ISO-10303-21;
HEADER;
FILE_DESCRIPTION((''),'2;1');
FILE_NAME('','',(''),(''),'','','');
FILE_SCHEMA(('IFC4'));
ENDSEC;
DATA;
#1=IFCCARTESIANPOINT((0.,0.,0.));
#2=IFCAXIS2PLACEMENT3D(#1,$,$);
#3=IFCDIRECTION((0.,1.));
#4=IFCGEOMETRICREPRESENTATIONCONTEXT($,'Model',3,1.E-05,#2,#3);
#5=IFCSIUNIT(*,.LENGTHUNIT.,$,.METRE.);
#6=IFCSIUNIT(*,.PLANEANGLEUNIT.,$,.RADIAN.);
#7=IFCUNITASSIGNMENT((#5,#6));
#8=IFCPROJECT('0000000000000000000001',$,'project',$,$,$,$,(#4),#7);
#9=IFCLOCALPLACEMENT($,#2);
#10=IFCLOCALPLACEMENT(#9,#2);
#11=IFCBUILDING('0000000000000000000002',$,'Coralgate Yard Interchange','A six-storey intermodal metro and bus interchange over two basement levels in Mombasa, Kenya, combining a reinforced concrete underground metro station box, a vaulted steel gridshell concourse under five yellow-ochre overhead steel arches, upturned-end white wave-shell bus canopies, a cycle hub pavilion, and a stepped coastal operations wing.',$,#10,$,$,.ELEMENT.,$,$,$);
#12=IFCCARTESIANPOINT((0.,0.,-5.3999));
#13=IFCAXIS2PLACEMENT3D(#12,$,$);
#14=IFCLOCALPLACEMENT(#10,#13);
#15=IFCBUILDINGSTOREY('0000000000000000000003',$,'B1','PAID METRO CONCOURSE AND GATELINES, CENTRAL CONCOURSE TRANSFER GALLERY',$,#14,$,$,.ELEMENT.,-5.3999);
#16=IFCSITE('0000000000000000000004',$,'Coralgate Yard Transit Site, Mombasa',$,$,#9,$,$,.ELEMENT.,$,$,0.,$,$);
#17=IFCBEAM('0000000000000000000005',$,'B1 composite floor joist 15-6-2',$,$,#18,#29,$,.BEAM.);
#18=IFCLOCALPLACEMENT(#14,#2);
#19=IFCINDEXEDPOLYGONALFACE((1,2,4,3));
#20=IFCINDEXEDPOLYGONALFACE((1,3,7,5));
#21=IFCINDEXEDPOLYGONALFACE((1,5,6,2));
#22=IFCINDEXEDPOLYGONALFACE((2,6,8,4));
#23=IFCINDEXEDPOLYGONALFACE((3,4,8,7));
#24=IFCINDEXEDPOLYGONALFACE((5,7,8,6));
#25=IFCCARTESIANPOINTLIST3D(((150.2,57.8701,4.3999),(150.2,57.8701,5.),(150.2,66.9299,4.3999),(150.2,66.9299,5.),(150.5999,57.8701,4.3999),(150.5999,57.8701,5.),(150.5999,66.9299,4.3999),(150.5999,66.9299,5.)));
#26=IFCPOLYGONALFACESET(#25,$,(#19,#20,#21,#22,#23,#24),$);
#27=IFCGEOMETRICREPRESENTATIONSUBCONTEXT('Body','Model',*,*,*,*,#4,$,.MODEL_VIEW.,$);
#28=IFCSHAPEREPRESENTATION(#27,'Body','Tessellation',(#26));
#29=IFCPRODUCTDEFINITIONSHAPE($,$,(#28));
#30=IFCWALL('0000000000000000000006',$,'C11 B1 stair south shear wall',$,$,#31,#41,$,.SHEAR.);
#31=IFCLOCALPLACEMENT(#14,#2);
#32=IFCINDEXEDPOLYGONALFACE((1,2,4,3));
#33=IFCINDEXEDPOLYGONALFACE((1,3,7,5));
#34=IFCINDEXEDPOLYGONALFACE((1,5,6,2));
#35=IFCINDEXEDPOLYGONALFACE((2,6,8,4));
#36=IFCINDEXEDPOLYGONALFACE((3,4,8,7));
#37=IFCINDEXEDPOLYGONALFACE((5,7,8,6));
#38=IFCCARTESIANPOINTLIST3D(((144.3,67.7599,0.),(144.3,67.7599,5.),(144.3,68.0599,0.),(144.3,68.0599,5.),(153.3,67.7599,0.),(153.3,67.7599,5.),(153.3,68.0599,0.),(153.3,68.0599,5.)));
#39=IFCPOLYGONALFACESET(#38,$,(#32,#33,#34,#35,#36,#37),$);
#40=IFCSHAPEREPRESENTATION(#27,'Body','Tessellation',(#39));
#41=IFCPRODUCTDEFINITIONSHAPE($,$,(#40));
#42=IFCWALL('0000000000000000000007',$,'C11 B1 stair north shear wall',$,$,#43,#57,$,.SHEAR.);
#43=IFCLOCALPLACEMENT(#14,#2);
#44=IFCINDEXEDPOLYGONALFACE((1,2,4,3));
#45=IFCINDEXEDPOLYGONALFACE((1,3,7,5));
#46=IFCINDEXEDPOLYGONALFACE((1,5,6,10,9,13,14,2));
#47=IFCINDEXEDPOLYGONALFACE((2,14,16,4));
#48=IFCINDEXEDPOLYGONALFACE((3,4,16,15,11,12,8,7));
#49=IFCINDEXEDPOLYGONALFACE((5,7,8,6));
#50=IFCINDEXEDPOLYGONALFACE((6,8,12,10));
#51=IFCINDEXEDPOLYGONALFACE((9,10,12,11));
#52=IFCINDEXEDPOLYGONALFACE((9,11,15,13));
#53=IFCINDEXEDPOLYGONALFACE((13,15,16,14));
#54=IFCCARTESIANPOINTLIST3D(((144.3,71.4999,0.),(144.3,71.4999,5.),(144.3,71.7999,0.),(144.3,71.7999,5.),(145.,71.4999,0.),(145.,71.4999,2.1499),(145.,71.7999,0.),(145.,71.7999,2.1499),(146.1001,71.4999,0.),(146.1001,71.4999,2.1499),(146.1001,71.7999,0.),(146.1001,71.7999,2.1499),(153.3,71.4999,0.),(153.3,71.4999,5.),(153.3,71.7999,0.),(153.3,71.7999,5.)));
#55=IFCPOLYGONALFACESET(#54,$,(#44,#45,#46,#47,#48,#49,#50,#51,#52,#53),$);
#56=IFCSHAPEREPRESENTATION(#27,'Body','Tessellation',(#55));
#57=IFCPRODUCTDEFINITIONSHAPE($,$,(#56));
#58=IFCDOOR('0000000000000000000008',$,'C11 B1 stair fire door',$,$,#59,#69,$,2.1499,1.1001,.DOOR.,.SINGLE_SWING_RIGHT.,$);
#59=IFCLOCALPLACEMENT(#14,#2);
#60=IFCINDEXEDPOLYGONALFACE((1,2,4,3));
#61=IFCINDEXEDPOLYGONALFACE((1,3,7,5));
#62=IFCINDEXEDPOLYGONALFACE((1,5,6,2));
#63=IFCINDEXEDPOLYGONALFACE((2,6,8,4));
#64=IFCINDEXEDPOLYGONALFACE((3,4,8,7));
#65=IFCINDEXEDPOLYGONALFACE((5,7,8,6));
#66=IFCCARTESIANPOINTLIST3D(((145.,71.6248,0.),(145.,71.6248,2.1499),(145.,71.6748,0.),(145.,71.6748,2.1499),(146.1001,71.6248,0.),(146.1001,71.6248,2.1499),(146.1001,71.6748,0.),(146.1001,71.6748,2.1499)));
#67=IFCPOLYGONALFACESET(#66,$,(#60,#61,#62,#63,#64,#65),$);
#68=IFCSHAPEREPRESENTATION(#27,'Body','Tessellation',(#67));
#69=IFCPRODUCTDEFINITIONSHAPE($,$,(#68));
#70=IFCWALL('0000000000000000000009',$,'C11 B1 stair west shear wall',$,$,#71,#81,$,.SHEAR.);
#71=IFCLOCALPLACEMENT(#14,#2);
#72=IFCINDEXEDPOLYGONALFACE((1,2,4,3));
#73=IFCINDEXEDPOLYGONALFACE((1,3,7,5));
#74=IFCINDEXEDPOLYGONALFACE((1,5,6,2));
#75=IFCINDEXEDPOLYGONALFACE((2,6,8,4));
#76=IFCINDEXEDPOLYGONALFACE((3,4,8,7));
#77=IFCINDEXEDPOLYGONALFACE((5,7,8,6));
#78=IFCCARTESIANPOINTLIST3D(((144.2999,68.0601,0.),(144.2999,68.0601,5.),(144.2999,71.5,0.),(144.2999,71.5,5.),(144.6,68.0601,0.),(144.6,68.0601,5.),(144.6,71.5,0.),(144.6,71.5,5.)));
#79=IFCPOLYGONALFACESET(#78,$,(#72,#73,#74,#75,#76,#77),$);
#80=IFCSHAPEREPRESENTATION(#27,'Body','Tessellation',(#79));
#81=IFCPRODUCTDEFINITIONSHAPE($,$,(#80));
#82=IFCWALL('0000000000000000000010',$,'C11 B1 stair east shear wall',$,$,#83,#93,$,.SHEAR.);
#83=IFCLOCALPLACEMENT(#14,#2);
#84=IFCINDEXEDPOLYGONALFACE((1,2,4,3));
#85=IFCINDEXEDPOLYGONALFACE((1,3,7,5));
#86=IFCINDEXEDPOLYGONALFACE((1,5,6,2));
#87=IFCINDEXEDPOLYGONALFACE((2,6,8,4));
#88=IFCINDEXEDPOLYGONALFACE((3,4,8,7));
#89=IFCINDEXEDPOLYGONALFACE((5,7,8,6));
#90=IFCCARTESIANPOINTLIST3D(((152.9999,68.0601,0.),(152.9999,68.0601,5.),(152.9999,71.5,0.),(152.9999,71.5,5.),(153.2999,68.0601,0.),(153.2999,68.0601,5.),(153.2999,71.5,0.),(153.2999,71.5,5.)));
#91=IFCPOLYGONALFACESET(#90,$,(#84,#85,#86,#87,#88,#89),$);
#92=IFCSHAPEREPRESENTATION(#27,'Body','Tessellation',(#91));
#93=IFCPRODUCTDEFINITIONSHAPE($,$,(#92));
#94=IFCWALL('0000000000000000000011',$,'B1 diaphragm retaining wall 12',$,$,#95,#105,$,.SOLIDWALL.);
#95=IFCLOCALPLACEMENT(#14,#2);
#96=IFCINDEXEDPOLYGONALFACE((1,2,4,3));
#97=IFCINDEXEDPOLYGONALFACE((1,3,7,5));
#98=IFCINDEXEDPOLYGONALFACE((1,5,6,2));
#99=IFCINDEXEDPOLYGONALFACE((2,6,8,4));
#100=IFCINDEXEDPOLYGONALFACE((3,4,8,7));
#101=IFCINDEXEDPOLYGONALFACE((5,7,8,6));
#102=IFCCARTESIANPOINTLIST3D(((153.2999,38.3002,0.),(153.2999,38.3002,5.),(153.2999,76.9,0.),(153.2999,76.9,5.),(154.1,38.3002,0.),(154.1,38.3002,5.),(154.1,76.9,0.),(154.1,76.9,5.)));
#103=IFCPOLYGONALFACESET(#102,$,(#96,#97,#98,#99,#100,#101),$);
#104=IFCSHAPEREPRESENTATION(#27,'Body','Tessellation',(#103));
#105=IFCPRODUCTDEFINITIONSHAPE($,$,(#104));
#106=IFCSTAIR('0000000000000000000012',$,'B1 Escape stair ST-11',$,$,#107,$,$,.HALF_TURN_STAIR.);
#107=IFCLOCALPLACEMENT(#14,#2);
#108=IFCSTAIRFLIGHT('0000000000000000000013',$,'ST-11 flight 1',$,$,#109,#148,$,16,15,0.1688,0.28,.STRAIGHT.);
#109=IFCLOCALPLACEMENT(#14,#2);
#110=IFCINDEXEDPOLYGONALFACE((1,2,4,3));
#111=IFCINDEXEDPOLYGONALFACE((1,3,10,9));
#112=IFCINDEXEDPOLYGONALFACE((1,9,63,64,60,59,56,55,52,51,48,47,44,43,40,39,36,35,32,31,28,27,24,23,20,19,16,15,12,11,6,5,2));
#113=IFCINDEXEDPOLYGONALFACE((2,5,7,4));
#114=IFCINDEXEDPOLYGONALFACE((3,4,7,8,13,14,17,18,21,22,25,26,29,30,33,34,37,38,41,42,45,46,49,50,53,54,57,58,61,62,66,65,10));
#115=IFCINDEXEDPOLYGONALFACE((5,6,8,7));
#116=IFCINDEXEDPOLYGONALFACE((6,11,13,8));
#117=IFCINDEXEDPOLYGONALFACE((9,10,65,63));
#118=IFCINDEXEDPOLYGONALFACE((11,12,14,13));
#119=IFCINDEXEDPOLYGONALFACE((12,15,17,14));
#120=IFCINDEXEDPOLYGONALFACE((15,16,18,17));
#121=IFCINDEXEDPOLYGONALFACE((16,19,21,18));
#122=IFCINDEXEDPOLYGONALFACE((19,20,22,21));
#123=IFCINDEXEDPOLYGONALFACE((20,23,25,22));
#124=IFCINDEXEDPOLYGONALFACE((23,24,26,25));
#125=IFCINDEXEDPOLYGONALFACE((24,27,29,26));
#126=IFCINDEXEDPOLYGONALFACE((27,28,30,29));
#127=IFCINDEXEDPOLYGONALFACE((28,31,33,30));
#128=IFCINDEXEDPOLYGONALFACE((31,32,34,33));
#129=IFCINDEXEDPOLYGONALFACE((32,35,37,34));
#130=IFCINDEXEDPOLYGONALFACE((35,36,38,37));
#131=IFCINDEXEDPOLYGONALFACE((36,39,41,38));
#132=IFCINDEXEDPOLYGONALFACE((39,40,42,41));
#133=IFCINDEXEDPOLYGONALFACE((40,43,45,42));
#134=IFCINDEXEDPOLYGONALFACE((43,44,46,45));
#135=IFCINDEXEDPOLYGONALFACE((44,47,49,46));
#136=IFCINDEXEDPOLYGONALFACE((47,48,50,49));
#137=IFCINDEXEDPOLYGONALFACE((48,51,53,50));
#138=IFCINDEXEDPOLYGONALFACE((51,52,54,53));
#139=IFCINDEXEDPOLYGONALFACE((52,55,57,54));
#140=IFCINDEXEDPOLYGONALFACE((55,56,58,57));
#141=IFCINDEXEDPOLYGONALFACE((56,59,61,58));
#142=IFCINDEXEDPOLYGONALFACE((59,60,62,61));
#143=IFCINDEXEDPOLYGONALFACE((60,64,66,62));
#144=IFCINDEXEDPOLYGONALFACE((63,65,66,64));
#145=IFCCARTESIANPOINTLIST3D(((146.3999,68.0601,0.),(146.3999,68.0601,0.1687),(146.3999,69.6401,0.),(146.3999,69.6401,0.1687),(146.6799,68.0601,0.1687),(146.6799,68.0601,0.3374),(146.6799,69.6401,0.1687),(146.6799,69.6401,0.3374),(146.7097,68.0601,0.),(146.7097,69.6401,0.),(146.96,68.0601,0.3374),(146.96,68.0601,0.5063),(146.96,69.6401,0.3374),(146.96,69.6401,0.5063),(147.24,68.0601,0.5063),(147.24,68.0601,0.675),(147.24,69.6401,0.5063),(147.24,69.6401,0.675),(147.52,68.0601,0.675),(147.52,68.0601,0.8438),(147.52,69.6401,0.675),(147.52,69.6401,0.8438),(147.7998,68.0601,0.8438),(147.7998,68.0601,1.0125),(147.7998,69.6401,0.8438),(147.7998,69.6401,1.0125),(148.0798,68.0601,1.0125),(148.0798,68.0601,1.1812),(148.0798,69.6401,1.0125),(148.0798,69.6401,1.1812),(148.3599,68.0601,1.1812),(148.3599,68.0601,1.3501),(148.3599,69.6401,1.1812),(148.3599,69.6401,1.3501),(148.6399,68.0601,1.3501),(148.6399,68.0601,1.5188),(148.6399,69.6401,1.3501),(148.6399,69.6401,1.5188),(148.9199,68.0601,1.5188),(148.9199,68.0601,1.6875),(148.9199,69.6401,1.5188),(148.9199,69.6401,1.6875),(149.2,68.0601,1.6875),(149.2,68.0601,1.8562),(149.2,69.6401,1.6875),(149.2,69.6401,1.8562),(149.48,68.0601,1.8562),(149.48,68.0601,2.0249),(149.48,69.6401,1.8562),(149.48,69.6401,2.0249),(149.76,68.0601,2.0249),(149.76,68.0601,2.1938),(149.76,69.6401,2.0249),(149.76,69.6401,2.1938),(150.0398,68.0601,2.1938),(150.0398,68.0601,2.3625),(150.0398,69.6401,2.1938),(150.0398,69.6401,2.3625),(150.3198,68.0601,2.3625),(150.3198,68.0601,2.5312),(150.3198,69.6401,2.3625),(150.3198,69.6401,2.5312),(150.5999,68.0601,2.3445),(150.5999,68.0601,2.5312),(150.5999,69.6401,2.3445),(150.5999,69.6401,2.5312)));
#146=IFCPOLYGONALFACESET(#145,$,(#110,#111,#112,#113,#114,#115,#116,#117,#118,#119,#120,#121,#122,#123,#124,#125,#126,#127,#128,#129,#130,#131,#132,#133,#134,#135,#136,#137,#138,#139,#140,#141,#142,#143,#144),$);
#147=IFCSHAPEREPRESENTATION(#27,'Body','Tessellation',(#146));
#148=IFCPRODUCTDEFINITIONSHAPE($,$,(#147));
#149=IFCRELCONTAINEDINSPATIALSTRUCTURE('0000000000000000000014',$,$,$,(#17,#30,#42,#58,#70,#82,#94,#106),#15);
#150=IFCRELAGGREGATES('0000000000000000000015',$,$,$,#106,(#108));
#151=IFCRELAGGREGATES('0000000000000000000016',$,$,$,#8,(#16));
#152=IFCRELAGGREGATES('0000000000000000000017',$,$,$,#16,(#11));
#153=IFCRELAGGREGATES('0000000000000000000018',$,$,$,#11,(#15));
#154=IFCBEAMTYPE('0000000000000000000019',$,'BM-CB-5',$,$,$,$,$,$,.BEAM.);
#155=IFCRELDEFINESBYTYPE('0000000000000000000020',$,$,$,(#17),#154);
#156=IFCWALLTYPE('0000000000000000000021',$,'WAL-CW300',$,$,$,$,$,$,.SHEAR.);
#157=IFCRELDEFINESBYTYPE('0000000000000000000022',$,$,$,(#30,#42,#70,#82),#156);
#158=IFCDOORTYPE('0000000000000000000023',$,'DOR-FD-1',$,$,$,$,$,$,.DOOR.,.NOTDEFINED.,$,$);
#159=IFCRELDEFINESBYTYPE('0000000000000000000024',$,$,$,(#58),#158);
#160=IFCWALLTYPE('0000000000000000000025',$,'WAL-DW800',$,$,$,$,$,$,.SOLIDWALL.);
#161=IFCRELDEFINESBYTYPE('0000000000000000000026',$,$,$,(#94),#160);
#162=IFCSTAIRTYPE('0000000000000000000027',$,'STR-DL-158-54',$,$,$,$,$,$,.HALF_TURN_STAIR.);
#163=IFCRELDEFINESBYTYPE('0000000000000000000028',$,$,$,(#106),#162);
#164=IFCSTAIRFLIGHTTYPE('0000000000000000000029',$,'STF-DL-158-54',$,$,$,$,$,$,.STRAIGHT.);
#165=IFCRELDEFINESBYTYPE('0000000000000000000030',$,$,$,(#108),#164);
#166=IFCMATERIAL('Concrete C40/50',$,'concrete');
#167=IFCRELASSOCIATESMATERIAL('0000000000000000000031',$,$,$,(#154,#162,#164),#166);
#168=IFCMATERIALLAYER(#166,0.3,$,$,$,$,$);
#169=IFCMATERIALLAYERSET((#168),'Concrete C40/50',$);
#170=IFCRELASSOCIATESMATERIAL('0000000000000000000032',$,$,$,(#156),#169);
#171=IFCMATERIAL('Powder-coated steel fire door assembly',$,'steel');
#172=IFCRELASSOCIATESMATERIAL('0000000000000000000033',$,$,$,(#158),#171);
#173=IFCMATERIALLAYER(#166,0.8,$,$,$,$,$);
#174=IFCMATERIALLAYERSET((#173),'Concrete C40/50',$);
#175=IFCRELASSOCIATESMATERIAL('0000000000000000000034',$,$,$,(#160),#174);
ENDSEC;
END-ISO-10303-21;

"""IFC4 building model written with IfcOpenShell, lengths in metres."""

from ifc_helpers import new_model, si_unit, direction, frame, frame_2d, origin, origin_2d, place, context, subcontext, project, spatial, polyline, rectangle, outline, extrude, material, layer, layer_set, material_profile, profile_set, type_object, element, fill, aggregate, save


model = new_model("IFC4")

# Units and contexts
model_context = context("Model", 3, precision=1e-05, world=origin(), true_north=direction((0.0, 1.0)))
body_context = subcontext(model_context, "Body", "Model", "MODEL_VIEW")
ifc_project = project(units=[si_unit("LENGTHUNIT", "METRE"), si_unit("PLANEANGLEUNIT", "RADIAN")], contexts=[model_context])

# Site, building, storey
site_placement = place(None, origin())
site = spatial("IfcSite", under=ifc_project, at=site_placement, Name="Coralgate Yard Transit Site, Mombasa", CompositionType="ELEMENT", RefElevation=0.0)
building_placement = place(site_placement, origin())
building = spatial("IfcBuilding", under=site, at=building_placement, Name="Coralgate Yard Interchange", Description="A six-storey intermodal metro and bus interchange over two basement levels in Mombasa, Kenya, combining a reinforced concrete underground metro station box, a vaulted steel gridshell concourse under five yellow-ochre overhead steel arches, upturned-end white wave-shell bus canopies, a cycle hub pavilion, and a stepped coastal operations wing.", CompositionType="ELEMENT")
storey_placement = place(building_placement, frame((0.0, 0.0, -5.3999)))
storey = spatial("IfcBuildingStorey", under=building, at=storey_placement, Name="B1", Description="PAID METRO CONCOURSE AND GATELINES, CENTRAL CONCOURSE TRANSFER GALLERY", CompositionType="ELEMENT", Elevation=-5.3999)

# Shared definitions
ifc_material_1 = material(Name="Concrete C40/50", Category="concrete")

# Beam
ifc_material_profile_1 = material_profile(ifc_material_1, rectangle(XDim=0.3999, YDim=0.6001, at=origin_2d()), Name="RC 400x600")
ifc_profile_set_1 = profile_set([ifc_material_profile_1], Name="Concrete C40/50")
beam_type_1 = type_object("IfcBeamType", Name="BM-CB-5", PredefinedType="BEAM", material=ifc_profile_set_1)
for number, where, z_axis, x_axis, name in (
    (1, (150.3999, 57.8701, 4.7), (0.0, 1.0, 0.0), (-1.0, 0.0, 0.0), "B1 composite floor joist 15-6-2"),
):
    element("IfcBeam", number, at=place(storey_placement, frame(where, z_axis=z_axis, x_axis=x_axis)), inside=storey, type_object=beam_type_1, Name=name, PredefinedType="BEAM", context=body_context, shape_type="SweptSolid", body=[
        extrude(rectangle(XDim=0.3999, YDim=0.6001, at=origin_2d()), origin(), (0.0, 0.0, 1.0), 9.0598),
    ])

# Wall
ifc_layer_1 = layer(ifc_material_1, 0.3)
ifc_layer_set_1 = layer_set([ifc_layer_1], Name="Concrete C40/50")
wall_type_1 = type_object("IfcWallType", Name="WAL-CW300", PredefinedType="SHEAR", material=ifc_layer_set_1)
wall_1_placement = place(storey_placement, frame((144.3, 67.9099, 0.0), z_axis=(0.0, 0.0, 1.0), x_axis=(1.0, 0.0, 0.0)))
element("IfcWall", 2, at=wall_1_placement, inside=storey, type_object=wall_type_1, Name="C11 B1 stair south shear wall", PredefinedType="SHEAR", context=body_context, shape_type="SweptSolid", body=[
    extrude(rectangle(XDim=9.0, YDim=0.3, at=frame_2d((4.5, 0.0))), origin(), (0.0, 0.0, 1.0), 5.0),
])

# Wall, opening, door
wall_2_placement = place(storey_placement, frame((153.3, 71.6499, 0.0), z_axis=(0.0, 0.0, 1.0), x_axis=(-1.0, 0.0, 0.0)))
wall_2 = element("IfcWall", 3, at=wall_2_placement, inside=storey, type_object=wall_type_1, Name="C11 B1 stair north shear wall", PredefinedType="SHEAR", context=body_context, shape_type="SweptSolid", body=[
    extrude(rectangle(XDim=9.0, YDim=0.3, at=frame_2d((4.5, 0.0))), origin(), (0.0, 0.0, 1.0), 5.0),
])
opening_placement = place(wall_2_placement, frame((7.2, 0.0, 0.0)))
opening = element("IfcOpeningElement", 4, at=opening_placement, cuts=wall_2, PredefinedType="OPENING", context=body_context, shape_type="SweptSolid", body=[
    extrude(rectangle(XDim=1.1001, YDim=2.1499, at=frame_2d((0.55, 1.075))), frame((0.0, 0.1599, 0.0), z_axis=(0.0, -1.0, 0.0), x_axis=(1.0, 0.0, 0.0)), (0.0, 0.0, 1.0), 0.3201),
])
ifc_material_2 = material(Name="Powder-coated steel fire door assembly", Category="steel")
door_type = type_object("IfcDoorType", Name="DOR-FD-1", OperationType="NOTDEFINED", PredefinedType="DOOR", material=ifc_material_2)
door_placement = place(opening_placement, frame((1.1001, 0.0, 0.0), z_axis=(0.0, 0.0, 1.0), x_axis=(-1.0, 0.0, 0.0)))
door = element("IfcDoor", 5, at=door_placement, inside=storey, type_object=door_type, Name="C11 B1 stair fire door", OperationType="SINGLE_SWING_RIGHT", OverallHeight=2.1499, OverallWidth=1.1001, PredefinedType="DOOR", context=body_context, shape_type="SweptSolid", body=[
    extrude(rectangle(XDim=1.1001, YDim=2.1499, at=frame_2d((0.55, 1.075))), frame((0.0, 0.0249, 0.0), z_axis=(0.0, -1.0, 0.0), x_axis=(1.0, 0.0, 0.0)), (0.0, 0.0, 1.0), 0.05),
])
fill(opening, door)

# Walls
for number, where, z_axis, x_axis, name in (
    (6, (144.45, 68.0601, 0.0), (0.0, 0.0, 1.0), (0.0, 1.0, 0.0), "C11 B1 stair west shear wall"),
    (7, (153.1499, 71.5, 0.0), (0.0, 0.0, 1.0), (0.0, -1.0, 0.0), "C11 B1 stair east shear wall"),
):
    element("IfcWall", number, at=place(storey_placement, frame(where, z_axis=z_axis, x_axis=x_axis)), inside=storey, type_object=wall_type_1, Name=name, PredefinedType="SHEAR", context=body_context, shape_type="SweptSolid", body=[
        extrude(rectangle(XDim=3.4399, YDim=0.3, at=frame_2d((1.72, 0.0))), origin(), (0.0, 0.0, 1.0), 5.0),
    ])
ifc_layer_2 = layer(ifc_material_1, 0.8)
ifc_layer_set_2 = layer_set([ifc_layer_2], Name="Concrete C40/50")
wall_type_2 = type_object("IfcWallType", Name="WAL-DW800", PredefinedType="SOLIDWALL", material=ifc_layer_set_2)
wall_3_placement = place(storey_placement, frame((153.7, 76.8999, 0.0), z_axis=(0.0, 0.0, 1.0), x_axis=(0.0, -1.0, 0.0)))
element("IfcWall", 8, at=wall_3_placement, inside=storey, type_object=wall_type_2, Name="B1 diaphragm retaining wall 12", PredefinedType="SOLIDWALL", context=body_context, shape_type="SweptSolid", body=[
    extrude(rectangle(XDim=38.5999, YDim=0.8, at=frame_2d((19.2998, 0.0))), origin(), (0.0, 0.0, 1.0), 5.0),
])

# Stair, stair flight
stair_type = type_object("IfcStairType", Name="STR-DL-158-54", PredefinedType="HALF_TURN_STAIR", material=ifc_material_1)
stair_placement = place(storey_placement, origin())
stair = element("IfcStair", 9, at=stair_placement, inside=storey, type_object=stair_type, Name="B1 Escape stair ST-11", PredefinedType="HALF_TURN_STAIR")
stair_flight_type = type_object("IfcStairFlightType", Name="STF-DL-158-54", PredefinedType="STRAIGHT", material=ifc_material_1)
stair_flight_1_placement = place(storey_placement, frame((146.3999, 68.8501, 0.0), z_axis=(0.0, 0.0, 1.0), x_axis=(1.0, 0.0, 0.0)))
stair_flight_1 = element("IfcStairFlight", 10, at=stair_flight_1_placement, type_object=stair_flight_type, Name="ST-11 flight 1", NumberOfRisers=16, NumberOfTreads=15, PredefinedType="STRAIGHT", RiserHeight=0.1688, TreadLength=0.28, context=body_context, shape_type="SweptSolid", body=[
    extrude(outline(polyline([(0.0, 0.0), (0.0, 0.1687), (0.28, 0.1687), (0.28, 0.3374), (0.5601, 0.3374), (0.5601, 0.5063), (0.8401, 0.5063), (0.8401, 0.675), (1.1201, 0.675), (1.1201, 0.8438), (1.3999, 0.8438), (1.3999, 1.0125), (1.6799, 1.0125), (1.6799, 1.1812), (1.96, 1.1812), (1.96, 1.3501), (2.24, 1.3501), (2.24, 1.5188), (2.52, 1.5188), (2.52, 1.6875), (2.8, 1.6875), (2.8, 1.8562), (3.0801, 1.8562), (3.0801, 2.0249), (3.3601, 2.0249), (3.3601, 2.1938), (3.6399, 2.1938), (3.6399, 2.3625), (3.9199, 2.3625), (3.9199, 2.5312), (4.2, 2.5312), (4.2, 2.7), (4.2, 2.3445), (0.3098, 0.0), (0.0, 0.0)])), frame((0.0, 0.79, 0.0), z_axis=(0.0, -1.0, 0.0), x_axis=(1.0, 0.0, 0.0)), (0.0, 0.0, 1.0), 1.5801),
])
aggregate(stair, [stair_flight_1])

save(model, "model.ifc")
